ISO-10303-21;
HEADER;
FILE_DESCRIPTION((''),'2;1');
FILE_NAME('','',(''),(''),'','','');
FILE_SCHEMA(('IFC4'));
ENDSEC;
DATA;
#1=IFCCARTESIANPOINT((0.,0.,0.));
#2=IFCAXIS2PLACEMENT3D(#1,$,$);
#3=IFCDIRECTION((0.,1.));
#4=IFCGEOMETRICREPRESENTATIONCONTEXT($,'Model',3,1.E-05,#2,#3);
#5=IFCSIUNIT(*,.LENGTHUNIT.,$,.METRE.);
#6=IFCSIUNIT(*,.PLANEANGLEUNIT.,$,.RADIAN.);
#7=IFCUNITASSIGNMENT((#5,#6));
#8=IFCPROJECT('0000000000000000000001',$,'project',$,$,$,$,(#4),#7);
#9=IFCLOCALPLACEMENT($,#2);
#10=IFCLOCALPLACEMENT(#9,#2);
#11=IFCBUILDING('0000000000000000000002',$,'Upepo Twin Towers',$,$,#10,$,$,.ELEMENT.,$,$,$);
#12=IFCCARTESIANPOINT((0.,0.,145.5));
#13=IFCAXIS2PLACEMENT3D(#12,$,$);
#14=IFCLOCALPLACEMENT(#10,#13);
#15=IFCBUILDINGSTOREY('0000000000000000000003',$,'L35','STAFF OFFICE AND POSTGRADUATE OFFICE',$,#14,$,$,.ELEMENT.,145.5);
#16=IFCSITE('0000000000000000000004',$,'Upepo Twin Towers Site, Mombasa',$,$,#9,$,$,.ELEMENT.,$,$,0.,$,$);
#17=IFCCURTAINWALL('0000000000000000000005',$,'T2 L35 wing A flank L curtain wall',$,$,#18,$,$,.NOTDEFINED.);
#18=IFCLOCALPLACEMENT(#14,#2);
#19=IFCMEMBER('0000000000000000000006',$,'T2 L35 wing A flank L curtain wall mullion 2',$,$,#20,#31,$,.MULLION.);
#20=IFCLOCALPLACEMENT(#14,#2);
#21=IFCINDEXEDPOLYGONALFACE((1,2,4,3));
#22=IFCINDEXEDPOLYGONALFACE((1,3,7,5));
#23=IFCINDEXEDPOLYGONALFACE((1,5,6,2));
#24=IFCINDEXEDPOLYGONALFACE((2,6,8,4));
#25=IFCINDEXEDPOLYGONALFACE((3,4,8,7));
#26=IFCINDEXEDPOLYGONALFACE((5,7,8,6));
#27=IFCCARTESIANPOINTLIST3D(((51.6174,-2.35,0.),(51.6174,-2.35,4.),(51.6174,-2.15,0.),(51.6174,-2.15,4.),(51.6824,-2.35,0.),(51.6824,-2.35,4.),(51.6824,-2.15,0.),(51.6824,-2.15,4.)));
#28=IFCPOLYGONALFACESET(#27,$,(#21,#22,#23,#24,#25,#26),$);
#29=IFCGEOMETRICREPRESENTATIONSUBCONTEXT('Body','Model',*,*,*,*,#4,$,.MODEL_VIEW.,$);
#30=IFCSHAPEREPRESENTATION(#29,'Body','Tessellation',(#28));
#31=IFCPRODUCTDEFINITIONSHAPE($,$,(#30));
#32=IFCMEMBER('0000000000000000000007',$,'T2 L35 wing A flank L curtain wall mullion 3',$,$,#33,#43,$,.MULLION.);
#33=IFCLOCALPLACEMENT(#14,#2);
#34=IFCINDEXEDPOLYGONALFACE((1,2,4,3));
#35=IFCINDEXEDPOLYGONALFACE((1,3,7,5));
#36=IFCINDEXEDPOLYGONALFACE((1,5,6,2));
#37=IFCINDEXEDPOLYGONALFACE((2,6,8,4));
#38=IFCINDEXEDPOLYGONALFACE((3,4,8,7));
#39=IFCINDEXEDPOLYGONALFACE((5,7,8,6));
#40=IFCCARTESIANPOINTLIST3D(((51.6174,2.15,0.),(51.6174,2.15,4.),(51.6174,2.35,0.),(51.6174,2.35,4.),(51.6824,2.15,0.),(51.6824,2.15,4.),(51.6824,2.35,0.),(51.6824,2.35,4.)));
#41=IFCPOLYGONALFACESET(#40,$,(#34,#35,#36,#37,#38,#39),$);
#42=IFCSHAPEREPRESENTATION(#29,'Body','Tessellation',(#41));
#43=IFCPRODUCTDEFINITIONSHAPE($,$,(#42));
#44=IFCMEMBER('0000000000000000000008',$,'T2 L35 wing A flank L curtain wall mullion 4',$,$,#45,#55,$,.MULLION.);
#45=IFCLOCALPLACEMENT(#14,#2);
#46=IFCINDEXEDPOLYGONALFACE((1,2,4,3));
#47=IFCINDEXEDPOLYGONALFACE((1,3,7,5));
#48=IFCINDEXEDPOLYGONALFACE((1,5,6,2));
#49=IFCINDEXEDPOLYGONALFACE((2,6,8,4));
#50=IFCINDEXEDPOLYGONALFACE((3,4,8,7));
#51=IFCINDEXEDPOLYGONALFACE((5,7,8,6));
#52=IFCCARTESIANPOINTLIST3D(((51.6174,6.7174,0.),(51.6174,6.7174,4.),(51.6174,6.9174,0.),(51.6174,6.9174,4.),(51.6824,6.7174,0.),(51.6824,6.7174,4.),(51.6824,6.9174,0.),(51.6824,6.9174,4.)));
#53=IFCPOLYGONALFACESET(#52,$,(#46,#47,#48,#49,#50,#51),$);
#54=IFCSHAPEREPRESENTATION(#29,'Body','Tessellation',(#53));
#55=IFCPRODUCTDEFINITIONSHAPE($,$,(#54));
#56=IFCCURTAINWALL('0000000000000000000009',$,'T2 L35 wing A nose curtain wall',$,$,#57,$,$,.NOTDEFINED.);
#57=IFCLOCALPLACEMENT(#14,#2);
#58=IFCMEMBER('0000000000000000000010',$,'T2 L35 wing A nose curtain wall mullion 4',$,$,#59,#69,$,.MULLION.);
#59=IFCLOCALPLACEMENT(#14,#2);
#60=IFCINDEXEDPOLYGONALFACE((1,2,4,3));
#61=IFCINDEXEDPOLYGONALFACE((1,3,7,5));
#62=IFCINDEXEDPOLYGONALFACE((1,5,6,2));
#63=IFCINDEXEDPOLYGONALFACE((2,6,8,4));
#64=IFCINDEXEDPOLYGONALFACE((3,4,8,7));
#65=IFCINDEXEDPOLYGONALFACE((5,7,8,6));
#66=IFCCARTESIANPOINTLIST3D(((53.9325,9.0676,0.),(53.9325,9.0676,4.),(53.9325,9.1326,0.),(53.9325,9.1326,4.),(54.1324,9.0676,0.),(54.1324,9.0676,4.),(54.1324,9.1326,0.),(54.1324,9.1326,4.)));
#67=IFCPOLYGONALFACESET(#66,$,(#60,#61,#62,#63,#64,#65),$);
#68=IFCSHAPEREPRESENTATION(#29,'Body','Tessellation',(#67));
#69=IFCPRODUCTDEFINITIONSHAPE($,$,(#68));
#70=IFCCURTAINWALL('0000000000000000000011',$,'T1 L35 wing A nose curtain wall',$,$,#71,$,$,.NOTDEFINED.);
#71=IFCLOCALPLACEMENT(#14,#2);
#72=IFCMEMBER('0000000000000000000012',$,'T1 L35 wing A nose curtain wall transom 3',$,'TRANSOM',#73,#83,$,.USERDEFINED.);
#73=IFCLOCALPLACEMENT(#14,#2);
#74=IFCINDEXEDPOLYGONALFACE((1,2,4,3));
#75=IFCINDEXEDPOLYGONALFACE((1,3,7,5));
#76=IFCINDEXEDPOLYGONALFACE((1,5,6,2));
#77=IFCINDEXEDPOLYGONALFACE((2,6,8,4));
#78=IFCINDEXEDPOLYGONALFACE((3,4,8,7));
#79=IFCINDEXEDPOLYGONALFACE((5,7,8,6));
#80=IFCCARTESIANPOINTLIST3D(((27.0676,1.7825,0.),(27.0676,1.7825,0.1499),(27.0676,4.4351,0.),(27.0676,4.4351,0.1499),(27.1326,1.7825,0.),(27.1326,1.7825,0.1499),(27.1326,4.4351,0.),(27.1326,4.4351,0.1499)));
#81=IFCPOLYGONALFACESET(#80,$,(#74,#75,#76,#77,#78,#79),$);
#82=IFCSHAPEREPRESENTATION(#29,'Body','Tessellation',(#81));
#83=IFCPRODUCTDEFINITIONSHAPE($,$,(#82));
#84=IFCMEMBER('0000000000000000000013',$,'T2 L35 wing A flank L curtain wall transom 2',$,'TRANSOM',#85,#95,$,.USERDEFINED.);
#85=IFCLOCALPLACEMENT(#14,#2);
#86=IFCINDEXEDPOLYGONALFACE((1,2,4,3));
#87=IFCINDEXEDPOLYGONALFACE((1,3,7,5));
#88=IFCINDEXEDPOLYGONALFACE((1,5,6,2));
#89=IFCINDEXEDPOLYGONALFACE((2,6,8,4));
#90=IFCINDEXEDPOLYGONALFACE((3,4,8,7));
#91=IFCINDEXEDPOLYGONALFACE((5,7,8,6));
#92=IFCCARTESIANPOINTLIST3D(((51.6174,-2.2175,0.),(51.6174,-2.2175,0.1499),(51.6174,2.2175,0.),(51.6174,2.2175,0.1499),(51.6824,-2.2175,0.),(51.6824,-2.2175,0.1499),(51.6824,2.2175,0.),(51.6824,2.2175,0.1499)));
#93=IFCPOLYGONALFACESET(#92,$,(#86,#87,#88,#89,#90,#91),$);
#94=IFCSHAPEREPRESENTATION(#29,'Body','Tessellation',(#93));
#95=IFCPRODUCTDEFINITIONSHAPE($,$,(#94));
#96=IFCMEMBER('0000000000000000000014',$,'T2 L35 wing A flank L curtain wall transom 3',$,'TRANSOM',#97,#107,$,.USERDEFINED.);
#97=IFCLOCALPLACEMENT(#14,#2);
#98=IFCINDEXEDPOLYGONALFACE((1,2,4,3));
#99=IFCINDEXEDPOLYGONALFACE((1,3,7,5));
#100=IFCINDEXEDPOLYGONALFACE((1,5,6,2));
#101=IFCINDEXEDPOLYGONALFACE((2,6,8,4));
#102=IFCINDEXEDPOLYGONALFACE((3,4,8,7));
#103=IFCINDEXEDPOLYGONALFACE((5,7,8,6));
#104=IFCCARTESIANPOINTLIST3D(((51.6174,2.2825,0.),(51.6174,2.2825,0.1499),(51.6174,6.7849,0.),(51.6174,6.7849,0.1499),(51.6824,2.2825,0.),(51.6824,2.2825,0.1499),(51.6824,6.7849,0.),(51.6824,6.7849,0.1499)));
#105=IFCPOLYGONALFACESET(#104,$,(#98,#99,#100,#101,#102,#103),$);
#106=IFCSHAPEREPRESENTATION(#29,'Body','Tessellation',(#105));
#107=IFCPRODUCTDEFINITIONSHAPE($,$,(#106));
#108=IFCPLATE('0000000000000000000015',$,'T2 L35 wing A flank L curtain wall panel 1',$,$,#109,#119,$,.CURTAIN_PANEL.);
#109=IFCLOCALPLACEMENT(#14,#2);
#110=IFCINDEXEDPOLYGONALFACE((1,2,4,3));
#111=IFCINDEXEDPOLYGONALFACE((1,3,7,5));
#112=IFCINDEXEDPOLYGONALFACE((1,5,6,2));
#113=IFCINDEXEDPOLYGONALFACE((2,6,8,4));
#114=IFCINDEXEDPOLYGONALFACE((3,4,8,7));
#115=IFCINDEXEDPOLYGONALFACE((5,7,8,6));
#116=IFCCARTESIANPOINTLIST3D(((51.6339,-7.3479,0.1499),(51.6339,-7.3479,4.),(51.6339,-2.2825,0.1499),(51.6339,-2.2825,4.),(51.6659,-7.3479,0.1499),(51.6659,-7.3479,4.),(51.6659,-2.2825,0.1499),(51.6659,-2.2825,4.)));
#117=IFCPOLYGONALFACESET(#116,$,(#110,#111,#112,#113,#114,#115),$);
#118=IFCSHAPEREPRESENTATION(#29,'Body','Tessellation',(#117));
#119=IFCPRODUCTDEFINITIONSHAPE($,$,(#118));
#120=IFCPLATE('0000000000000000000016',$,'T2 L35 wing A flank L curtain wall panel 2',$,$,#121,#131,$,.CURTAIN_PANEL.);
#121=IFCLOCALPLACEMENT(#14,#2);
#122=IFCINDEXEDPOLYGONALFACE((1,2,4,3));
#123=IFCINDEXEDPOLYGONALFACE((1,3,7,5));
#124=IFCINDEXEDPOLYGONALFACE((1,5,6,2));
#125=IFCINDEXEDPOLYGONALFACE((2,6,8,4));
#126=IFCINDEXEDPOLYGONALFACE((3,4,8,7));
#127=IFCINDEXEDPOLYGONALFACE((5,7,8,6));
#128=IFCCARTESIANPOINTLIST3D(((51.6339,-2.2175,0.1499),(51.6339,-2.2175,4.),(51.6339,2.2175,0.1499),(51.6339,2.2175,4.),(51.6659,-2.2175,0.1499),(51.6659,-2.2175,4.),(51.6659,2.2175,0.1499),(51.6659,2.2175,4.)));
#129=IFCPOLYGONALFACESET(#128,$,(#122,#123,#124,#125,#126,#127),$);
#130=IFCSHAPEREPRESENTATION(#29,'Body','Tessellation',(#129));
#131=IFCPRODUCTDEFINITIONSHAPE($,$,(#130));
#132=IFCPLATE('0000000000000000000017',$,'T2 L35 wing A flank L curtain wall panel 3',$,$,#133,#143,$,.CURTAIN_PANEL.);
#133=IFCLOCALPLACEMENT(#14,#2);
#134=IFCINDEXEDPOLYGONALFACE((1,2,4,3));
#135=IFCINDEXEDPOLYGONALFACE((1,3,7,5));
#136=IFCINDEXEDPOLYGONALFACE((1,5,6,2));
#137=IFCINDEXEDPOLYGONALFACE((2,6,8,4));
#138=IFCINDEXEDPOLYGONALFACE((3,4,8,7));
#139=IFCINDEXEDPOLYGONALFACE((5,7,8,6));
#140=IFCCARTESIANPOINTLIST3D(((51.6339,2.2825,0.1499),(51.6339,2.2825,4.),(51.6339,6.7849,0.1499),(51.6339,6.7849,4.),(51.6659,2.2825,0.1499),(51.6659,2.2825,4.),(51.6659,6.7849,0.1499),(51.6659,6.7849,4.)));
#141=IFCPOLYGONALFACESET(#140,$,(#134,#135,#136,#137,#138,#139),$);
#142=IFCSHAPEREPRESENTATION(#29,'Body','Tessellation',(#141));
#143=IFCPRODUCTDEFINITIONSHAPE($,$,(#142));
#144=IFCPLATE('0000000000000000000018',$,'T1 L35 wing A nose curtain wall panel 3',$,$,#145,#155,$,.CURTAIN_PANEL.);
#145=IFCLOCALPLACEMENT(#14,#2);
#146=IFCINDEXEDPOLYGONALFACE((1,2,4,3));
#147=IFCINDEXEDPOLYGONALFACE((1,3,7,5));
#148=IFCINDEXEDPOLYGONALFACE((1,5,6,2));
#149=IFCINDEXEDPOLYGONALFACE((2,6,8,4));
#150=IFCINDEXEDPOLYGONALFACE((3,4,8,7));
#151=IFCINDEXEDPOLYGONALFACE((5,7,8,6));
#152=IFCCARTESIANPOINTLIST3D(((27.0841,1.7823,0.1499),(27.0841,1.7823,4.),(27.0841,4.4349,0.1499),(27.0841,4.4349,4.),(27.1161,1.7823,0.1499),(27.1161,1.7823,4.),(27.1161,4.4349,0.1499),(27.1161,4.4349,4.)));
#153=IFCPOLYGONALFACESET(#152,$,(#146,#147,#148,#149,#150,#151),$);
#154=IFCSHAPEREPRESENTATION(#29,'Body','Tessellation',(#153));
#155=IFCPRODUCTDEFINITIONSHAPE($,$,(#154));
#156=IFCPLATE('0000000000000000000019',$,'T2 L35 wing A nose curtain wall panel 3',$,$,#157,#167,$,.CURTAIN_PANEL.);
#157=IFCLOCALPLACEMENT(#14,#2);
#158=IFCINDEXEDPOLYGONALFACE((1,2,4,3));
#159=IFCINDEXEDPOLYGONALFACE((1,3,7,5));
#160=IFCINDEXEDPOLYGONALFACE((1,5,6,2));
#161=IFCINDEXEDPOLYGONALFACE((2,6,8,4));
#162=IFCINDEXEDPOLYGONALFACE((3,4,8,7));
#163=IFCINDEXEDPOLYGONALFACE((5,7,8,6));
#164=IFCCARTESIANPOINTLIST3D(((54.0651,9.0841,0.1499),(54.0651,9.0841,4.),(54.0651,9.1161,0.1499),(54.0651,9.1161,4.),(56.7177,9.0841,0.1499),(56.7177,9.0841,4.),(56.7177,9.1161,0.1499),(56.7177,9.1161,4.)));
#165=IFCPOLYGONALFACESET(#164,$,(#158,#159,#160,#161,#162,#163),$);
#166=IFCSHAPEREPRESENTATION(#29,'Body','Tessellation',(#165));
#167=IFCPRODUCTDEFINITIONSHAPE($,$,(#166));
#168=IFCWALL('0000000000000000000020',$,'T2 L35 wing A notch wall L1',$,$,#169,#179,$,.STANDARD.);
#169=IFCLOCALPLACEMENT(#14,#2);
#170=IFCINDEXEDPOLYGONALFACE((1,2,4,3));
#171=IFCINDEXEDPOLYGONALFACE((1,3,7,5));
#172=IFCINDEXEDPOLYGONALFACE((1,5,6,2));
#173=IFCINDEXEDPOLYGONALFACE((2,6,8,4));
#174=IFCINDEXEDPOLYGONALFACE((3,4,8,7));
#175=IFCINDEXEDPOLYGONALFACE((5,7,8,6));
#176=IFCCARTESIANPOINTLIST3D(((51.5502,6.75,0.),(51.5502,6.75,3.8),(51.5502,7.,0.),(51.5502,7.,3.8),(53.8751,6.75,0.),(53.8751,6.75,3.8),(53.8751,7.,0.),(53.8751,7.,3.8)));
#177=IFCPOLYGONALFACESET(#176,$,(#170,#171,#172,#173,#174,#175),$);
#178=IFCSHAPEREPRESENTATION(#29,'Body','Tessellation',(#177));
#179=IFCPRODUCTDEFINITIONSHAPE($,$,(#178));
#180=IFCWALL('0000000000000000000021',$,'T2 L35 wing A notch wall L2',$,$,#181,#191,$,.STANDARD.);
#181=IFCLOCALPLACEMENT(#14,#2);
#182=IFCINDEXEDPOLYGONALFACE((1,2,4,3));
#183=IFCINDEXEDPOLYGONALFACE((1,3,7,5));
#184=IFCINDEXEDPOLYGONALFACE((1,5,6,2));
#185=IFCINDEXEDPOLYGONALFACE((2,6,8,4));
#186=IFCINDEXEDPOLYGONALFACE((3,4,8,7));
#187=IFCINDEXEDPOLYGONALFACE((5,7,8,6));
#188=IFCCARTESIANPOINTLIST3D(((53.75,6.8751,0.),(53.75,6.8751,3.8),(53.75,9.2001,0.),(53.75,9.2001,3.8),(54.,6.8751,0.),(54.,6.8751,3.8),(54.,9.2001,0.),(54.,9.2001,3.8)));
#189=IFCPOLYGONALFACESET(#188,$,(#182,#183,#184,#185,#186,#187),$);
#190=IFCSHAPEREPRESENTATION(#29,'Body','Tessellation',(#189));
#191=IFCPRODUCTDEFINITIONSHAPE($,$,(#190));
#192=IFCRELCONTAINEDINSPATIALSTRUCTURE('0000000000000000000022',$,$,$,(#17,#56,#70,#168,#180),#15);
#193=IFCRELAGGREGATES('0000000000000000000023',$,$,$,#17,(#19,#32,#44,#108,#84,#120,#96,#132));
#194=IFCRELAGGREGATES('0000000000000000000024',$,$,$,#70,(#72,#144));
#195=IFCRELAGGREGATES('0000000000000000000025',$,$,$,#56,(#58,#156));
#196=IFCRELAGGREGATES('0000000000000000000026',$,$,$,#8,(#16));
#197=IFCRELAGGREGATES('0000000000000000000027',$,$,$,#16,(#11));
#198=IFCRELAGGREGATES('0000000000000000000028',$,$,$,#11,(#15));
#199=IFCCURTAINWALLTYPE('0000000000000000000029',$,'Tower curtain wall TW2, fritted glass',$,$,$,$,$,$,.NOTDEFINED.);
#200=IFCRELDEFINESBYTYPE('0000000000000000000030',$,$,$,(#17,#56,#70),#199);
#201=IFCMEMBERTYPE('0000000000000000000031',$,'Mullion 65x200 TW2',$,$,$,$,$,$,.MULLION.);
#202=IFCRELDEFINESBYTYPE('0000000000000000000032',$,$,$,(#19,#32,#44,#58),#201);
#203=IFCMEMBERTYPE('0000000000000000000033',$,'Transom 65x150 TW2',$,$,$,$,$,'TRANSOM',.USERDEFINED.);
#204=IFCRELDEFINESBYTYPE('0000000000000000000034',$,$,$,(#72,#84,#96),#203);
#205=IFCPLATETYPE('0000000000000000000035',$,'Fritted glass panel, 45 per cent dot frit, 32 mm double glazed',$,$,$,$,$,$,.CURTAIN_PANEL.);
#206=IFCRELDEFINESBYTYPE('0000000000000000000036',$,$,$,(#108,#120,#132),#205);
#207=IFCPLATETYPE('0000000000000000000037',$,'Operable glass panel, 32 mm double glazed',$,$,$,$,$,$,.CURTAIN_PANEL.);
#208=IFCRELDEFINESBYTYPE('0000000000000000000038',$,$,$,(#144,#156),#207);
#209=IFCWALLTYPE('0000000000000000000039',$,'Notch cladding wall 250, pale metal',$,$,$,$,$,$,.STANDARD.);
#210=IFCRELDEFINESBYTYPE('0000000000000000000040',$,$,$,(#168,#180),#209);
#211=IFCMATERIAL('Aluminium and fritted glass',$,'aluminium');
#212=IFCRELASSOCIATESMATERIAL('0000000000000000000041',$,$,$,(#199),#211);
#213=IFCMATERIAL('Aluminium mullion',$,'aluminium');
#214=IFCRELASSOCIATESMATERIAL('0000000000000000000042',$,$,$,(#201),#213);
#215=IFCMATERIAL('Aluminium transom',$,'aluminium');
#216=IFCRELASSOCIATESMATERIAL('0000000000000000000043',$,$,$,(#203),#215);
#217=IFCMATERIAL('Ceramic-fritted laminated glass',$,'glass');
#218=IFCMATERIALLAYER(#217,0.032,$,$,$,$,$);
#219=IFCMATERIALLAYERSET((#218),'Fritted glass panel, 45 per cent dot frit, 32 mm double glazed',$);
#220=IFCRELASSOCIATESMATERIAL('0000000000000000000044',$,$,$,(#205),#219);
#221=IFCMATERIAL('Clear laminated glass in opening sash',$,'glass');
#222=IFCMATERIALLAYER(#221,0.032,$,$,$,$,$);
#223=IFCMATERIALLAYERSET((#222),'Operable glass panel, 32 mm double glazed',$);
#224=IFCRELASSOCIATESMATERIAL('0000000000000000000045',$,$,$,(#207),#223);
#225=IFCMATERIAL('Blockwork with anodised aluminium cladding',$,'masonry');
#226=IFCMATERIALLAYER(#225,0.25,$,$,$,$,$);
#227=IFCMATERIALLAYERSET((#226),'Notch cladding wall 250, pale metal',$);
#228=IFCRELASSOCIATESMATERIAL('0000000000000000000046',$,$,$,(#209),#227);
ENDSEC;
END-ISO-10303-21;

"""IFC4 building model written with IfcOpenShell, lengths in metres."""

from ifc_helpers import new_model, si_unit, direction, frame, frame_2d, origin, origin_2d, place, context, subcontext, project, spatial, rectangle, extrude, material, layer, layer_set, material_profile, profile_set, type_object, element, aggregate, save


model = new_model("IFC4")

# Units and contexts
model_context = context("Model", 3, precision=1e-05, world=origin(), true_north=direction((0.0, 1.0)))
body_context = subcontext(model_context, "Body", "Model", "MODEL_VIEW")
ifc_project = project(units=[si_unit("LENGTHUNIT", "METRE"), si_unit("PLANEANGLEUNIT", "RADIAN")], contexts=[model_context])

# Site, building, storey
site_placement = place(None, origin())
site = spatial("IfcSite", under=ifc_project, at=site_placement, Name="Upepo Twin Towers Site, Mombasa", CompositionType="ELEMENT", RefElevation=0.0)
building_placement = place(site_placement, origin())
building = spatial("IfcBuilding", under=site, at=building_placement, Name="Upepo Twin Towers", CompositionType="ELEMENT")
storey_placement = place(building_placement, frame((0.0, 0.0, 145.5)))
storey = spatial("IfcBuildingStorey", under=building, at=storey_placement, Name="L35", Description="STAFF OFFICE AND POSTGRADUATE OFFICE", CompositionType="ELEMENT", Elevation=145.5)

# Curtain wall, members
ifc_material_1 = material(Name="Aluminium and fritted glass", Category="aluminium")
curtain_wall_type = type_object("IfcCurtainWallType", Name="Tower curtain wall TW2, fritted glass", PredefinedType="NOTDEFINED", material=ifc_material_1)
curtain_wall_1_placement = place(storey_placement, origin())
curtain_wall_1 = element("IfcCurtainWall", 1, at=curtain_wall_1_placement, inside=storey, type_object=curtain_wall_type, Name="T2 L35 wing A flank L curtain wall", PredefinedType="NOTDEFINED")
ifc_material_2 = material(Name="Aluminium mullion", Category="aluminium")
ifc_material_profile_1 = material_profile(ifc_material_2, rectangle(XDim=0.0649, YDim=0.2, at=origin_2d()), Name="MULLION 65x200")
ifc_profile_set_1 = profile_set([ifc_material_profile_1], Name="Aluminium mullion")
member_type_1 = type_object("IfcMemberType", Name="Mullion 65x200 TW2", PredefinedType="MULLION", material=ifc_profile_set_1)
member_1_placement = place(storey_placement, frame((51.6499, -2.25, 0.0), z_axis=(0.0, 0.0, 1.0), x_axis=(-1.0, 0.0, 0.0)))
member_1 = element("IfcMember", 2, at=member_1_placement, type_object=member_type_1, Name="T2 L35 wing A flank L curtain wall mullion 2", PredefinedType="MULLION", context=body_context, shape_type="SweptSolid", body=[
    extrude(rectangle(XDim=0.0649, YDim=0.2, at=origin_2d()), origin(), (0.0, 0.0, 1.0), 4.0),
])
member_2_placement = place(storey_placement, frame((51.6499, 2.25, 0.0), z_axis=(0.0, 0.0, 1.0), x_axis=(-1.0, 0.0, 0.0)))
member_2 = element("IfcMember", 3, at=member_2_placement, type_object=member_type_1, Name="T2 L35 wing A flank L curtain wall mullion 3", PredefinedType="MULLION", context=body_context, shape_type="SweptSolid", body=[
    extrude(rectangle(XDim=0.0649, YDim=0.2, at=origin_2d()), origin(), (0.0, 0.0, 1.0), 4.0),
])
member_3_placement = place(storey_placement, frame((51.6499, 6.8174, 0.0), z_axis=(0.0, 0.0, 1.0), x_axis=(-1.0, 0.0, 0.0)))
member_3 = element("IfcMember", 4, at=member_3_placement, type_object=member_type_1, Name="T2 L35 wing A flank L curtain wall mullion 4", PredefinedType="MULLION", context=body_context, shape_type="SweptSolid", body=[
    extrude(rectangle(XDim=0.0649, YDim=0.2, at=origin_2d()), origin(), (0.0, 0.0, 1.0), 4.0),
])

# Curtain walls, members
curtain_wall_2_placement = place(storey_placement, origin())
curtain_wall_2 = element("IfcCurtainWall", 5, at=curtain_wall_2_placement, inside=storey, type_object=curtain_wall_type, Name="T2 L35 wing A nose curtain wall", PredefinedType="NOTDEFINED")
member_4_placement = place(storey_placement, frame((54.0325, 9.1001, 0.0), z_axis=(0.0, 0.0, 1.0), x_axis=(0.0, -1.0, 0.0)))
member_4 = element("IfcMember", 6, at=member_4_placement, type_object=member_type_1, Name="T2 L35 wing A nose curtain wall mullion 4", PredefinedType="MULLION", context=body_context, shape_type="SweptSolid", body=[
    extrude(rectangle(XDim=0.0649, YDim=0.2, at=origin_2d()), origin(), (0.0, 0.0, 1.0), 4.0),
])
curtain_wall_3_placement = place(storey_placement, origin())
curtain_wall_3 = element("IfcCurtainWall", 7, at=curtain_wall_3_placement, inside=storey, type_object=curtain_wall_type, Name="T1 L35 wing A nose curtain wall", PredefinedType="NOTDEFINED")
ifc_material_3 = material(Name="Aluminium transom", Category="aluminium")
ifc_material_profile_2 = material_profile(ifc_material_3, rectangle(XDim=0.0649, YDim=0.1499, at=origin_2d()), Name="TRANSOM 65x150")
ifc_profile_set_2 = profile_set([ifc_material_profile_2], Name="Aluminium transom")
member_type_2 = type_object("IfcMemberType", Name="Transom 65x150 TW2", ElementType="TRANSOM", PredefinedType="USERDEFINED", material=ifc_profile_set_2)
member_5_placement = place(storey_placement, frame((27.1001, 1.7825, 0.075), z_axis=(0.0, 1.0, 0.0), x_axis=(-1.0, 0.0, 0.0)))
member_5 = element("IfcMember", 8, at=member_5_placement, type_object=member_type_2, Name="T1 L35 wing A nose curtain wall transom 3", ObjectType="TRANSOM", PredefinedType="USERDEFINED", context=body_context, shape_type="SweptSolid", body=[
    extrude(rectangle(XDim=0.0649, YDim=0.1499, at=origin_2d()), origin(), (0.0, 0.0, 1.0), 2.6526),
])

# Members
member_6_placement = place(storey_placement, frame((51.6499, -2.2175, 0.075), z_axis=(0.0, 1.0, 0.0), x_axis=(-1.0, 0.0, 0.0)))
member_6 = element("IfcMember", 9, at=member_6_placement, type_object=member_type_2, Name="T2 L35 wing A flank L curtain wall transom 2", ObjectType="TRANSOM", PredefinedType="USERDEFINED", context=body_context, shape_type="SweptSolid", body=[
    extrude(rectangle(XDim=0.0649, YDim=0.1499, at=origin_2d()), origin(), (0.0, 0.0, 1.0), 4.4351),
])
member_7_placement = place(storey_placement, frame((51.6499, 2.2825, 0.075), z_axis=(0.0, 1.0, 0.0), x_axis=(-1.0, 0.0, 0.0)))
member_7 = element("IfcMember", 10, at=member_7_placement, type_object=member_type_2, Name="T2 L35 wing A flank L curtain wall transom 3", ObjectType="TRANSOM", PredefinedType="USERDEFINED", context=body_context, shape_type="SweptSolid", body=[
    extrude(rectangle(XDim=0.0649, YDim=0.1499, at=origin_2d()), origin(), (0.0, 0.0, 1.0), 4.5024),
])

# Plates
ifc_material_4 = material(Name="Ceramic-fritted laminated glass", Category="glass")
ifc_layer_1 = layer(ifc_material_4, 0.032)
ifc_layer_set_1 = layer_set([ifc_layer_1], Name="Fritted glass panel, 45 per cent dot frit, 32 mm double glazed")
plate_type_1 = type_object("IfcPlateType", Name="Fritted glass panel, 45 per cent dot frit, 32 mm double glazed", PredefinedType="CURTAIN_PANEL", material=ifc_layer_set_1)
plate_1_placement = place(storey_placement, frame((51.6499, -4.8152, 0.1499), z_axis=(0.0, 0.0, 1.0), x_axis=(0.0, 1.0, 0.0)))
plate_1 = element("IfcPlate", 11, at=plate_1_placement, type_object=plate_type_1, Name="T2 L35 wing A flank L curtain wall panel 1", PredefinedType="CURTAIN_PANEL", context=body_context, shape_type="SweptSolid", body=[
    extrude(rectangle(XDim=5.0654, YDim=0.032, at=origin_2d()), origin(), (0.0, 0.0, 1.0), 3.8501),
])
plate_2_placement = place(storey_placement, frame((51.6499, 0.0, 0.1499), z_axis=(0.0, 0.0, 1.0), x_axis=(0.0, 1.0, 0.0)))
plate_2 = element("IfcPlate", 12, at=plate_2_placement, type_object=plate_type_1, Name="T2 L35 wing A flank L curtain wall panel 2", PredefinedType="CURTAIN_PANEL", context=body_context, shape_type="SweptSolid", body=[
    extrude(rectangle(XDim=4.4351, YDim=0.032, at=origin_2d()), origin(), (0.0, 0.0, 1.0), 3.8501),
])
plate_3_placement = place(storey_placement, frame((51.6499, 4.5337, 0.1499), z_axis=(0.0, 0.0, 1.0), x_axis=(0.0, 1.0, 0.0)))
plate_3 = element("IfcPlate", 13, at=plate_3_placement, type_object=plate_type_1, Name="T2 L35 wing A flank L curtain wall panel 3", PredefinedType="CURTAIN_PANEL", context=body_context, shape_type="SweptSolid", body=[
    extrude(rectangle(XDim=4.5024, YDim=0.032, at=origin_2d()), origin(), (0.0, 0.0, 1.0), 3.8501),
])
aggregate(curtain_wall_1, [member_1, member_2, member_3, plate_1, member_6, plate_2, member_7, plate_3])
ifc_material_5 = material(Name="Clear laminated glass in opening sash", Category="glass")
ifc_layer_2 = layer(ifc_material_5, 0.032)
ifc_layer_set_2 = layer_set([ifc_layer_2], Name="Operable glass panel, 32 mm double glazed")
plate_type_2 = type_object("IfcPlateType", Name="Operable glass panel, 32 mm double glazed", PredefinedType="CURTAIN_PANEL", material=ifc_layer_set_2)
plate_4_placement = place(storey_placement, frame((27.1001, 3.1086, 0.1499), z_axis=(0.0, 0.0, 1.0), x_axis=(0.0, 1.0, 0.0)))
plate_4 = element("IfcPlate", 14, at=plate_4_placement, type_object=plate_type_2, Name="T1 L35 wing A nose curtain wall panel 3", PredefinedType="CURTAIN_PANEL", context=body_context, shape_type="SweptSolid", body=[
    extrude(rectangle(XDim=2.6526, YDim=0.032, at=origin_2d()), origin(), (0.0, 0.0, 1.0), 3.8501),
])
aggregate(curtain_wall_3, [member_5, plate_4])
plate_5_placement = place(storey_placement, frame((55.3914, 9.1001, 0.1499), z_axis=(0.0, 0.0, 1.0), x_axis=(-1.0, 0.0, 0.0)))
plate_5 = element("IfcPlate", 15, at=plate_5_placement, type_object=plate_type_2, Name="T2 L35 wing A nose curtain wall panel 3", PredefinedType="CURTAIN_PANEL", context=body_context, shape_type="SweptSolid", body=[
    extrude(rectangle(XDim=2.6526, YDim=0.032, at=origin_2d()), origin(), (0.0, 0.0, 1.0), 3.8501),
])
aggregate(curtain_wall_2, [member_4, plate_5])

# Walls
ifc_material_6 = material(Name="Blockwork with anodised aluminium cladding", Category="masonry")
ifc_layer_3 = layer(ifc_material_6, 0.25)
ifc_layer_set_3 = layer_set([ifc_layer_3], Name="Notch cladding wall 250, pale metal")
wall_type_1 = type_object("IfcWallType", Name="Notch cladding wall 250, pale metal", PredefinedType="STANDARD", material=ifc_layer_set_3)
for number, where, z_axis, x_axis, name in (
    (16, (51.55, 6.875, 0.0), (0.0, 0.0, 1.0), (1.0, 0.0, 0.0), "T2 L35 wing A notch wall L1"),
    (17, (53.875, 6.875, 0.0), (0.0, 0.0, 1.0), (0.0, 1.0, 0.0), "T2 L35 wing A notch wall L2"),
):
    element("IfcWall", number, at=place(storey_placement, frame(where, z_axis=z_axis, x_axis=x_axis)), inside=storey, type_object=wall_type_1, Name=name, PredefinedType="STANDARD", context=body_context, shape_type="SweptSolid", body=[
        extrude(rectangle(XDim=2.325, YDim=0.25, at=frame_2d((1.1626, 0.0))), origin(), (0.0, 0.0, 1.0), 3.8),
    ])

save(model, "model.ifc")
